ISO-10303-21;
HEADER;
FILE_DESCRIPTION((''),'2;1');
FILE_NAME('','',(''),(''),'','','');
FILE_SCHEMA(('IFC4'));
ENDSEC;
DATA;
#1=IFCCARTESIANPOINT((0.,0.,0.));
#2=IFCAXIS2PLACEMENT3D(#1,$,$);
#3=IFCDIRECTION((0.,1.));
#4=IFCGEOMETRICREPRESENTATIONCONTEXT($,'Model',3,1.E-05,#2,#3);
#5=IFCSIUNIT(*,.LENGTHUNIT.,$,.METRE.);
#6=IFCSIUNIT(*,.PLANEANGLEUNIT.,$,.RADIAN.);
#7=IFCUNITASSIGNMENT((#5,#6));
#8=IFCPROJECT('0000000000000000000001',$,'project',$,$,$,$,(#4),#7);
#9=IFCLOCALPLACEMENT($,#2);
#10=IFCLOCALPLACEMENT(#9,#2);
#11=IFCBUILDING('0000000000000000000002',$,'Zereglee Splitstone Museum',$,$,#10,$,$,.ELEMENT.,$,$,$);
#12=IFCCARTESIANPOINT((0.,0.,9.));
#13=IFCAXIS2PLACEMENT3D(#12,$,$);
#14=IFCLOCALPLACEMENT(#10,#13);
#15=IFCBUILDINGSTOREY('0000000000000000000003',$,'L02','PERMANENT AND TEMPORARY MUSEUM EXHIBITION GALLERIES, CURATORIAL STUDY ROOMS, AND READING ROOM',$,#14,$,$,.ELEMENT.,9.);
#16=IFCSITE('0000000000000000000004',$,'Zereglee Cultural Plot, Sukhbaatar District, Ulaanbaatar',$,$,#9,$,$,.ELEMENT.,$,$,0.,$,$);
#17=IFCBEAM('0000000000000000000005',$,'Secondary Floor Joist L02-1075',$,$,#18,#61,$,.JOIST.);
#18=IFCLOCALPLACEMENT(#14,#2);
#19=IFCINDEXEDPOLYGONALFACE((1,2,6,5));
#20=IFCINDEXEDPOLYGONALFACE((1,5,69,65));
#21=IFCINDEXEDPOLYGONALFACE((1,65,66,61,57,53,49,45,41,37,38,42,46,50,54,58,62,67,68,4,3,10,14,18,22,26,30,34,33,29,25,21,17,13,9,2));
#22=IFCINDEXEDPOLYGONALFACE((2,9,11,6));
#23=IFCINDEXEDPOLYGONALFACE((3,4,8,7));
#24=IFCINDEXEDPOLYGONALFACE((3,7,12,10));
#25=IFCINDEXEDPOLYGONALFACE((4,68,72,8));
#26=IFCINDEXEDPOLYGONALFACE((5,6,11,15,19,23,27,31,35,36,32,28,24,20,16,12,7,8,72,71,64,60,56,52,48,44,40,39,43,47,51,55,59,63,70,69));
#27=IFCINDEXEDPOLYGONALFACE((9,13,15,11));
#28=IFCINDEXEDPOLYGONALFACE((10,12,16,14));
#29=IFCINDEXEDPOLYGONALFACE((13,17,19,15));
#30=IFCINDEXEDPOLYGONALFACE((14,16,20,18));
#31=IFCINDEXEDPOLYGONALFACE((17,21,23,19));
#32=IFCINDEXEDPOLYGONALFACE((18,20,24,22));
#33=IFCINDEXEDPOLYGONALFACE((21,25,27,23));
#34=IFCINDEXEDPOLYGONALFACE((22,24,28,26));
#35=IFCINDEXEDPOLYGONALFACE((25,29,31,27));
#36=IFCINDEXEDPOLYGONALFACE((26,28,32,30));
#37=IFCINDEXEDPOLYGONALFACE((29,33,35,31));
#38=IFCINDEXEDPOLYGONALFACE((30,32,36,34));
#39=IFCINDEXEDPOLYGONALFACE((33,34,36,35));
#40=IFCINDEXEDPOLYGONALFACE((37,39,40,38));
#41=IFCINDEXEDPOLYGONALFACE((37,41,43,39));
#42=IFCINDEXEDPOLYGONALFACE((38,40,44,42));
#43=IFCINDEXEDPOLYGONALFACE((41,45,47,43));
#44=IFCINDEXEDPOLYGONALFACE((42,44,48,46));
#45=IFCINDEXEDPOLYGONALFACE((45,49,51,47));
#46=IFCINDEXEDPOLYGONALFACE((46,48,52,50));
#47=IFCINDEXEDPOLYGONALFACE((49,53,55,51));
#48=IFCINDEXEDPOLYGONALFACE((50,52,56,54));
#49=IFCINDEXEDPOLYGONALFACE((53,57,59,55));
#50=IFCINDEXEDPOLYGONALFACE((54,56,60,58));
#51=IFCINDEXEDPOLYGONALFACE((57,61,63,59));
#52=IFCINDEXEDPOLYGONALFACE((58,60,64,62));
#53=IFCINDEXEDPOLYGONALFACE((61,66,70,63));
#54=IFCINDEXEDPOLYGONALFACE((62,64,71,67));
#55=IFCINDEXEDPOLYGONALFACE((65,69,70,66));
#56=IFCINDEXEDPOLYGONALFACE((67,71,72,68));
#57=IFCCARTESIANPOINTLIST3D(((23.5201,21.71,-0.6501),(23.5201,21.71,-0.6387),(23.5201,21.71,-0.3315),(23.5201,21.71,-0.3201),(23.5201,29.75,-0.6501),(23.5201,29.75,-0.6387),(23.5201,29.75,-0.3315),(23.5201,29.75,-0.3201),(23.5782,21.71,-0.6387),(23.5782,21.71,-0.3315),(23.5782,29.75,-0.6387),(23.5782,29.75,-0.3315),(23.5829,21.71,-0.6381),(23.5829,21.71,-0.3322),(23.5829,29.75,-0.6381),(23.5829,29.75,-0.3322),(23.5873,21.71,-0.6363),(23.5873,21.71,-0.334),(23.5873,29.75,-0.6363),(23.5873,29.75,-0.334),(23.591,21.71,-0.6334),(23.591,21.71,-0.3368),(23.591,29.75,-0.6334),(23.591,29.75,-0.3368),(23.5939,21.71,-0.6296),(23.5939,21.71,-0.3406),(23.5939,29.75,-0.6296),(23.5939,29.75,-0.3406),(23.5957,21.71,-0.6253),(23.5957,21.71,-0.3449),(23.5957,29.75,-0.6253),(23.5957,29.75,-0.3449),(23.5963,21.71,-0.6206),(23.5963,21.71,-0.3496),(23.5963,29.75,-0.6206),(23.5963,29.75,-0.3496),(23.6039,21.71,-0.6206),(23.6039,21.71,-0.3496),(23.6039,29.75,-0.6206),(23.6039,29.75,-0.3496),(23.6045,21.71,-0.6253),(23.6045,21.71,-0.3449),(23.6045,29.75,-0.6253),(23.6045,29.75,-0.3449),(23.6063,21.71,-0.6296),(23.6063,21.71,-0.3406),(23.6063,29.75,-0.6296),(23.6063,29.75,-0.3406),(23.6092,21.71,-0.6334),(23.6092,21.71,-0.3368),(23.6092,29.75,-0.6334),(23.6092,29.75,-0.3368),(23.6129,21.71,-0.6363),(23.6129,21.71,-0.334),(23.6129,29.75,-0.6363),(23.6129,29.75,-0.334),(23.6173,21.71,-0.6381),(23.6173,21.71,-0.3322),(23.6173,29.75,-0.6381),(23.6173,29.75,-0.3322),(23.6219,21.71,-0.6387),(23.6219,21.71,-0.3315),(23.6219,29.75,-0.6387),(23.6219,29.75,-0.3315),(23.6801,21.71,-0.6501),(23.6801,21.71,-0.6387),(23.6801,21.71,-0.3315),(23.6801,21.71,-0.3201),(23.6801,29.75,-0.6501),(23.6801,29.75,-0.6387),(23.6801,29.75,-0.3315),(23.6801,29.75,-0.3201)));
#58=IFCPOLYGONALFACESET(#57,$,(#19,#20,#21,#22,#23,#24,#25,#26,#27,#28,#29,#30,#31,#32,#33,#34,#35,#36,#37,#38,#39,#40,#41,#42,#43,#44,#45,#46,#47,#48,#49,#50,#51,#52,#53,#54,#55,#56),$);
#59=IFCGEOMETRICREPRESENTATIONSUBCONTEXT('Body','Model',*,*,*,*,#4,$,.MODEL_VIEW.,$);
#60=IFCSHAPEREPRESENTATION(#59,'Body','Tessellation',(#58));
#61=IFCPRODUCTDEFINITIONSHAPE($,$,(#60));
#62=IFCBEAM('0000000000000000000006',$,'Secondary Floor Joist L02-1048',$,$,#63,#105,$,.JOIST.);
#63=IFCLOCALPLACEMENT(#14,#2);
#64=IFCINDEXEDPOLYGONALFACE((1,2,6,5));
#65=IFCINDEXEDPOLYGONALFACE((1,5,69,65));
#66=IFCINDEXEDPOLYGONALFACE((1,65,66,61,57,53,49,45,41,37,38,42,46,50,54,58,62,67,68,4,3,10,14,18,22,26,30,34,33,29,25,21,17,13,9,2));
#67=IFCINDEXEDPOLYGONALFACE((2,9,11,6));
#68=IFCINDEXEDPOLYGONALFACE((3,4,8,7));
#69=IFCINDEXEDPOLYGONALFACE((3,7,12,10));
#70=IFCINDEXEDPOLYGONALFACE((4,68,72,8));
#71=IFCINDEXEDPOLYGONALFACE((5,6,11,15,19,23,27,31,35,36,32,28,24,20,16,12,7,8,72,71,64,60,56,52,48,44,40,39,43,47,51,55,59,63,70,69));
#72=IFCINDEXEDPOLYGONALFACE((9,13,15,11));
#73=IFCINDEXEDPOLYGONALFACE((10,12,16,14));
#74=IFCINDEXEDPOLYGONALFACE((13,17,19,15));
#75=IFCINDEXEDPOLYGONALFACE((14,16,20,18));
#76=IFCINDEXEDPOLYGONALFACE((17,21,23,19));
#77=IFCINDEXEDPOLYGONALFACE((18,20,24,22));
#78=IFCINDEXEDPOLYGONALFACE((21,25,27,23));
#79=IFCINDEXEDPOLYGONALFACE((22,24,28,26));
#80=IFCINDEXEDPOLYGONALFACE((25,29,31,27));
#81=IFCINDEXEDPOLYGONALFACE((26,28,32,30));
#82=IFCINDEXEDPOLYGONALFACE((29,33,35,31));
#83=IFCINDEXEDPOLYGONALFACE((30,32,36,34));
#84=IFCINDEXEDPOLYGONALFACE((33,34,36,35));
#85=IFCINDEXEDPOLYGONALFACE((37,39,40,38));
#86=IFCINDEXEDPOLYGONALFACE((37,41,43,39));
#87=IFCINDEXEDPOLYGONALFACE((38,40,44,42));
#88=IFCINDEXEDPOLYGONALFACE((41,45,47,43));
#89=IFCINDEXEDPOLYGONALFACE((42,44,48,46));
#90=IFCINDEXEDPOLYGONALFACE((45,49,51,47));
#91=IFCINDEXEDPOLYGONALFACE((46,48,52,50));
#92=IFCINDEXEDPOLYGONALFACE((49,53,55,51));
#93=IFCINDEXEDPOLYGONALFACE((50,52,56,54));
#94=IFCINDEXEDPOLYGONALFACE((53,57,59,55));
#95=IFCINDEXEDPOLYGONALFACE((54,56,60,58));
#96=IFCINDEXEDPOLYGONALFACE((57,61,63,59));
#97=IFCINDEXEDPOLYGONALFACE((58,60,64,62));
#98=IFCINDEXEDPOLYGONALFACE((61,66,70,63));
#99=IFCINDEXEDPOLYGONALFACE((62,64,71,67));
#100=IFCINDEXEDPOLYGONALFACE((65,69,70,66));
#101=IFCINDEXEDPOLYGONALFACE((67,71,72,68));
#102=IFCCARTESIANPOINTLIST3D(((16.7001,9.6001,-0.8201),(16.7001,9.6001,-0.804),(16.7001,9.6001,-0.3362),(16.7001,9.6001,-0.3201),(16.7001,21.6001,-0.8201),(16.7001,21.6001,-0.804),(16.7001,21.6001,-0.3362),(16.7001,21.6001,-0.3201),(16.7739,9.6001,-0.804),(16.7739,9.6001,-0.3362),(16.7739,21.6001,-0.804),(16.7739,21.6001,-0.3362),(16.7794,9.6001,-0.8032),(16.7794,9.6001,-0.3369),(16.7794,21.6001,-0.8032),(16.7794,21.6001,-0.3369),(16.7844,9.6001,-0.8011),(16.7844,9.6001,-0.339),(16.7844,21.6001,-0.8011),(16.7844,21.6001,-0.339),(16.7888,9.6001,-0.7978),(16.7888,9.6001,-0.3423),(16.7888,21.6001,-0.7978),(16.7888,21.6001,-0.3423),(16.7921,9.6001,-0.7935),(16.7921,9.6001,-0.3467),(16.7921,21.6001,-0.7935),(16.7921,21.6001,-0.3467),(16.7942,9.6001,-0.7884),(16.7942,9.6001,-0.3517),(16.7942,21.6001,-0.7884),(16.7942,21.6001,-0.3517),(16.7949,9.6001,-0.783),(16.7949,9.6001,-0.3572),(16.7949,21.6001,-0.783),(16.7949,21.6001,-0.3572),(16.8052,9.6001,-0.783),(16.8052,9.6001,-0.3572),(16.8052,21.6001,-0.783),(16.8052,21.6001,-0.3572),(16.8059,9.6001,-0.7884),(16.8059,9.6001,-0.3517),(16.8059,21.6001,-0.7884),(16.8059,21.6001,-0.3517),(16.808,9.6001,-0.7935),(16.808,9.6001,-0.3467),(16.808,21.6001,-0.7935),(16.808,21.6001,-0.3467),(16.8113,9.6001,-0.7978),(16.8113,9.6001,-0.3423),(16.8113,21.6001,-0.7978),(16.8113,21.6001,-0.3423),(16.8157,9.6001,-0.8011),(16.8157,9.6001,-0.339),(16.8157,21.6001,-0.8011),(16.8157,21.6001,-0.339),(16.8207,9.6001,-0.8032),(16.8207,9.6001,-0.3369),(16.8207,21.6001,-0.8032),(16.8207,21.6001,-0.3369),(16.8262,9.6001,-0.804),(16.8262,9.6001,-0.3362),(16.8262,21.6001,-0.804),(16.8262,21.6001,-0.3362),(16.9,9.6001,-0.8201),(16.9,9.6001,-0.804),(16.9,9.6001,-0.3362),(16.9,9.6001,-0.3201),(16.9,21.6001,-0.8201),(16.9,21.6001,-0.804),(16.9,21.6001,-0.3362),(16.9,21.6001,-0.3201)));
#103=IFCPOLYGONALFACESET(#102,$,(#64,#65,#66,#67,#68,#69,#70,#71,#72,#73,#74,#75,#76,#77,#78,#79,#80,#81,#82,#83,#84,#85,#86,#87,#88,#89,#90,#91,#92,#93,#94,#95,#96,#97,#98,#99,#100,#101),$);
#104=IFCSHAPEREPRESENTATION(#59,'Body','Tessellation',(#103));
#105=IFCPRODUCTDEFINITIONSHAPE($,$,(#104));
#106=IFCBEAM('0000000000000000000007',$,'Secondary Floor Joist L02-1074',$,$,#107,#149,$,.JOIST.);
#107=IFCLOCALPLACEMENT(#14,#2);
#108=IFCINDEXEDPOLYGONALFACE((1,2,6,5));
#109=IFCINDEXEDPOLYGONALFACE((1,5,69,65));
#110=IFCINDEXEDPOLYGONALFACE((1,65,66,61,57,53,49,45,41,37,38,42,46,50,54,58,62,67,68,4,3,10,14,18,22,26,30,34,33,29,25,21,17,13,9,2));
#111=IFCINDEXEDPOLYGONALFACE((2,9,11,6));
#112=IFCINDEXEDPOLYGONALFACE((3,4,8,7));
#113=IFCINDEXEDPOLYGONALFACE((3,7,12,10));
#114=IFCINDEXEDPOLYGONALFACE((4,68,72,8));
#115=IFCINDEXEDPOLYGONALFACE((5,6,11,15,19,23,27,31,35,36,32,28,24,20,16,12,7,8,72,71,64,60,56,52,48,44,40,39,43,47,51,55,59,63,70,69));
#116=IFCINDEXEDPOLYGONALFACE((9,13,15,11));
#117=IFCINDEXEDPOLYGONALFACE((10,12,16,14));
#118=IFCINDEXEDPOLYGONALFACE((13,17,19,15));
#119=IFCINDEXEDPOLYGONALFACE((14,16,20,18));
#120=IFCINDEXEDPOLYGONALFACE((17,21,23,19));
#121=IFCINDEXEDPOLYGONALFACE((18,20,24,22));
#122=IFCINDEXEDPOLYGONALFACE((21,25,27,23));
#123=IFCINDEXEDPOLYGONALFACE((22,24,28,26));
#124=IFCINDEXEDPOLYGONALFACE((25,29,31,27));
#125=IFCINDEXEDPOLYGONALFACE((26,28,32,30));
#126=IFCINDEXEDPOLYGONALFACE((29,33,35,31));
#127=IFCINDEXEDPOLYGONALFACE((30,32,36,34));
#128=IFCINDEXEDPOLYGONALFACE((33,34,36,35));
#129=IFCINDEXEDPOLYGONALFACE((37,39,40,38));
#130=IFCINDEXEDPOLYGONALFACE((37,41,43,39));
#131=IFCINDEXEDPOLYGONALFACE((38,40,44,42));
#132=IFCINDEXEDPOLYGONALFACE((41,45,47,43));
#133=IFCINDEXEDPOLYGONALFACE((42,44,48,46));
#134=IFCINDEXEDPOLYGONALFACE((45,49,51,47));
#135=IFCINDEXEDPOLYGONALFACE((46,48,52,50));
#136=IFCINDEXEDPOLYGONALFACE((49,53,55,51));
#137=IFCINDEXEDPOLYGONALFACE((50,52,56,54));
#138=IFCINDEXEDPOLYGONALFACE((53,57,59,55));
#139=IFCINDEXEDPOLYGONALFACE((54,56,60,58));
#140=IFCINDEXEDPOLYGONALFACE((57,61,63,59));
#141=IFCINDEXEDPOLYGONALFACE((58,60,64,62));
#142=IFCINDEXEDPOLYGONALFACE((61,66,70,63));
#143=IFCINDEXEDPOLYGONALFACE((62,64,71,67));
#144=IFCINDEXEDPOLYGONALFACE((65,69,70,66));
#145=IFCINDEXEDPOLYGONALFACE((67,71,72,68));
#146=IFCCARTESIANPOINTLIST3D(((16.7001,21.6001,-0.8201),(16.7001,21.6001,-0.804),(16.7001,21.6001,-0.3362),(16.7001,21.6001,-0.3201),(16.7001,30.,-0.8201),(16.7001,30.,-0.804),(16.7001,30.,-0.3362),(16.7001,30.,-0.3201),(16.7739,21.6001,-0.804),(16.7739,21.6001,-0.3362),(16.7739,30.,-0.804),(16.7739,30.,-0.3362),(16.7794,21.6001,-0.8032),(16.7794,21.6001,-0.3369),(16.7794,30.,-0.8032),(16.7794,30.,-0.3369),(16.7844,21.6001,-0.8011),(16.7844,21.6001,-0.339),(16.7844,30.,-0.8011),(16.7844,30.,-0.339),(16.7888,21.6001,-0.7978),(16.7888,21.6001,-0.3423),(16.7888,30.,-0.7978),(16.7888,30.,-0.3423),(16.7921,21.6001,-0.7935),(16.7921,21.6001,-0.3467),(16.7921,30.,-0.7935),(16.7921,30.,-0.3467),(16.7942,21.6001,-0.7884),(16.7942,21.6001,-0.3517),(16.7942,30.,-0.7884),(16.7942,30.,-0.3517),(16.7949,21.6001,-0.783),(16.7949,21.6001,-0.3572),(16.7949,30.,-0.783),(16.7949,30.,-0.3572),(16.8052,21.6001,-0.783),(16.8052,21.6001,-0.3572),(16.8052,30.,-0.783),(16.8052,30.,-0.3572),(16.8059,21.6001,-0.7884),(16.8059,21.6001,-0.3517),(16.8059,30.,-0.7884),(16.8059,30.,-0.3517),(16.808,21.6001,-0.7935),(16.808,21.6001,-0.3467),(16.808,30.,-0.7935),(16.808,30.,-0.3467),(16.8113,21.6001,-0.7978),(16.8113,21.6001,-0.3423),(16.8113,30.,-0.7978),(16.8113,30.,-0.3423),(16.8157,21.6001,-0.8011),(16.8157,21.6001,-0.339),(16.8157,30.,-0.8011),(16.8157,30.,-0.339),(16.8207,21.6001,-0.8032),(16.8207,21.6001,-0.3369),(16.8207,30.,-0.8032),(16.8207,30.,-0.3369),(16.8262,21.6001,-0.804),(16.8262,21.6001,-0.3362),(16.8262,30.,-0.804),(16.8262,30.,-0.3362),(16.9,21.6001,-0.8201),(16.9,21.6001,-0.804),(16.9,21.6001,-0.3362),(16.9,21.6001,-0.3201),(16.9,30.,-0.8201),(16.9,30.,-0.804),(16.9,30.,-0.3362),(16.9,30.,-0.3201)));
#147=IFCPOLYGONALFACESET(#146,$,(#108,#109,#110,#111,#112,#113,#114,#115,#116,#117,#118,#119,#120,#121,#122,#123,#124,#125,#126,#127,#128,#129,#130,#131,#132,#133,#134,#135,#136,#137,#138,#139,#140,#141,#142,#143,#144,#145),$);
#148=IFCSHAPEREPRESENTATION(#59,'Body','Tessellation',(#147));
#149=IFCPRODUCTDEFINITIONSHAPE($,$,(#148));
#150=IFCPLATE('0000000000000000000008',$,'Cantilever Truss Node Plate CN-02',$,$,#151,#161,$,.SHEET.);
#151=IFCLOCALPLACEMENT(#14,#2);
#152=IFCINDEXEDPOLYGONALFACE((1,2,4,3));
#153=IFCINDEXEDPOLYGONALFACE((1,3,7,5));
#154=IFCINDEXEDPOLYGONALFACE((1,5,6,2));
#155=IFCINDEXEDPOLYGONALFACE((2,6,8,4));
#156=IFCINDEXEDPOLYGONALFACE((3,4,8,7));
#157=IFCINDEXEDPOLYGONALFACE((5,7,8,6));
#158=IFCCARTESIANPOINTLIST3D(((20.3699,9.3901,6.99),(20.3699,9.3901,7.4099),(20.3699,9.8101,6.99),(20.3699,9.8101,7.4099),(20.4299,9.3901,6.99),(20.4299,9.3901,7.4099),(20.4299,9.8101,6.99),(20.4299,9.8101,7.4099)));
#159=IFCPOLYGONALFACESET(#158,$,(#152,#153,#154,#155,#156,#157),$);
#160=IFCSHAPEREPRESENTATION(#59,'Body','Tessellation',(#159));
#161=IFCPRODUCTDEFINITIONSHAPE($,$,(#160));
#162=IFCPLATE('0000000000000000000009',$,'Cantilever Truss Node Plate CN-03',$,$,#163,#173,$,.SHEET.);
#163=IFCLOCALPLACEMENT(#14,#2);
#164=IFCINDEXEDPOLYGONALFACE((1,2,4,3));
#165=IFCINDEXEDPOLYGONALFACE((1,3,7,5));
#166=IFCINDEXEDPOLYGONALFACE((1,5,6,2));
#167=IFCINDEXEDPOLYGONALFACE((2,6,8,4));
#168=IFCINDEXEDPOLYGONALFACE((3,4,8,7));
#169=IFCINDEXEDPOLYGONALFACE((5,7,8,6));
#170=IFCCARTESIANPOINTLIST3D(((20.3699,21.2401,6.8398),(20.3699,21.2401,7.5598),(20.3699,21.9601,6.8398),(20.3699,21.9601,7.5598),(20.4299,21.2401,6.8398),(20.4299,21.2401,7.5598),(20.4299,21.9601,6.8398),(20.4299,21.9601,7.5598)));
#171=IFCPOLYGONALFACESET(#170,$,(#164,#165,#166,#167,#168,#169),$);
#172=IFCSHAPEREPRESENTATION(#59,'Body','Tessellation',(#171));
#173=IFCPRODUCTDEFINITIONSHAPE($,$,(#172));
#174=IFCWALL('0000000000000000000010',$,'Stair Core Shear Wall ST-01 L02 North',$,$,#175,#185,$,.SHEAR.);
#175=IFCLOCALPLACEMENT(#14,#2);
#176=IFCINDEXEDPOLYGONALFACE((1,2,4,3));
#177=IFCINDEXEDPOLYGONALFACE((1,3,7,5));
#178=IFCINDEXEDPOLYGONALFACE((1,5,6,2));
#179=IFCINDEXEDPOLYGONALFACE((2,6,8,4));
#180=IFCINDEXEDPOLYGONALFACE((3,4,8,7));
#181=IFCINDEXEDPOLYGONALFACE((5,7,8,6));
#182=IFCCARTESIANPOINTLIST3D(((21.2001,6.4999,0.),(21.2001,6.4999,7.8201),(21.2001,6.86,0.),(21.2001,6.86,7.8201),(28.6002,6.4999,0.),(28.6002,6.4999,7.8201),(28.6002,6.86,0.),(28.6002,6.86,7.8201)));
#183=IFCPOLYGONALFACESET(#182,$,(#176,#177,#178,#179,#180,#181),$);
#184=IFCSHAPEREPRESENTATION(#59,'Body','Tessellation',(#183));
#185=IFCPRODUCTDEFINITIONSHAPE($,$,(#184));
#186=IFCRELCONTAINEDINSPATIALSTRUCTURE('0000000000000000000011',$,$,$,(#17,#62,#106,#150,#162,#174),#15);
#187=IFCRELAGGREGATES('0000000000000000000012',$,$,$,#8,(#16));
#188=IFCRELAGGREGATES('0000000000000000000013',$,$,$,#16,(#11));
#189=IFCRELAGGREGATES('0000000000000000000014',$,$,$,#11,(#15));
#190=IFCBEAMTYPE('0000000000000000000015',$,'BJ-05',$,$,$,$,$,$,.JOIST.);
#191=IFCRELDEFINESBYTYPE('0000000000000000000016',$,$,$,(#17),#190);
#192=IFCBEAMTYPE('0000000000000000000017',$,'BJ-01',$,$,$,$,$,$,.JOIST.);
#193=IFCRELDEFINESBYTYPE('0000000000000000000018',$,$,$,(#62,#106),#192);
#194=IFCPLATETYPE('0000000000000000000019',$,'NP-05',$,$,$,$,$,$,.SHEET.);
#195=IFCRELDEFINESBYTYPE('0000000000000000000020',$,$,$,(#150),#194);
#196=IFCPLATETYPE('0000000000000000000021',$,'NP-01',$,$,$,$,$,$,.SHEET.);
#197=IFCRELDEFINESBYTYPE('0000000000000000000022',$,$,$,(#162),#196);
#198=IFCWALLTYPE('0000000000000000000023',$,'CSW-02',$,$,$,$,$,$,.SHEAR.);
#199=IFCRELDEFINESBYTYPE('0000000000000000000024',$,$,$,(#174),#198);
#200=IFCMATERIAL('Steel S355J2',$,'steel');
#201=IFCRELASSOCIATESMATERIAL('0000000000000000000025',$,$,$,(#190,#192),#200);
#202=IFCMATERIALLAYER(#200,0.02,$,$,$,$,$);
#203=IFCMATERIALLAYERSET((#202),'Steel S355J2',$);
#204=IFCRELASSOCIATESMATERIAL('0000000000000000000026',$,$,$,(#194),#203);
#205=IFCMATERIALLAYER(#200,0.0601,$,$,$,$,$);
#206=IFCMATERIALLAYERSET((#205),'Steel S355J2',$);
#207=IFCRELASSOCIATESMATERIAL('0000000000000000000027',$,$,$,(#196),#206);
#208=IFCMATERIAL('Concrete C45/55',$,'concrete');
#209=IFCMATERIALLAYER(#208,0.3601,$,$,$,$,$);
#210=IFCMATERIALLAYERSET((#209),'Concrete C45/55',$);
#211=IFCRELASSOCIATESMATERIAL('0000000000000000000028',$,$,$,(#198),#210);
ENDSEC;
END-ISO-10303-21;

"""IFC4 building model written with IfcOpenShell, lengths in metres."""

from ifc_helpers import new_model, si_unit, direction, frame, frame_2d, origin, origin_2d, place, context, subcontext, project, spatial, rectangle, i_section, extrude, material, layer, layer_set, material_profile, profile_set, type_object, element, save


model = new_model("IFC4")

# Units and contexts
model_context = context("Model", 3, precision=1e-05, world=origin(), true_north=direction((0.0, 1.0)))
body_context = subcontext(model_context, "Body", "Model", "MODEL_VIEW")
ifc_project = project(units=[si_unit("LENGTHUNIT", "METRE"), si_unit("PLANEANGLEUNIT", "RADIAN")], contexts=[model_context])

# Site, building, storey
site_placement = place(None, origin())
site = spatial("IfcSite", under=ifc_project, at=site_placement, Name="Zereglee Cultural Plot, Sukhbaatar District, Ulaanbaatar", CompositionType="ELEMENT", RefElevation=0.0)
building_placement = place(site_placement, origin())
building = spatial("IfcBuilding", under=site, at=building_placement, Name="Zereglee Splitstone Museum", CompositionType="ELEMENT")
storey_placement = place(building_placement, frame((0.0, 0.0, 9.0)))
storey = spatial("IfcBuildingStorey", under=building, at=storey_placement, Name="L02", Description="PERMANENT AND TEMPORARY MUSEUM EXHIBITION GALLERIES, CURATORIAL STUDY ROOMS, AND READING ROOM", CompositionType="ELEMENT", Elevation=9.0)

# Shared definitions
ifc_material_1 = material(Name="Steel S355J2", Category="steel")

# Beams
ifc_material_profile_1 = material_profile(ifc_material_1, i_section(OverallWidth=0.1599, OverallDepth=0.3301, WebThickness=0.0076, FlangeThickness=0.0115, FilletRadius=0.0181, at=origin_2d()), Name="IPE 330")
ifc_profile_set_1 = profile_set([ifc_material_profile_1], Name="Steel S355J2")
beam_type_1 = type_object("IfcBeamType", Name="BJ-05", PredefinedType="JOIST", material=ifc_profile_set_1)
beam_1_placement = place(storey_placement, frame((23.6001, 21.71, -0.4851), z_axis=(0.0, 1.0, 0.0), x_axis=(-1.0, 0.0, 0.0)))
element("IfcBeam", 1, at=beam_1_placement, inside=storey, type_object=beam_type_1, Name="Secondary Floor Joist L02-1075", PredefinedType="JOIST", context=body_context, shape_type="SweptSolid", body=[
    extrude(i_section(OverallWidth=0.1599, OverallDepth=0.3301, WebThickness=0.0076, FlangeThickness=0.0115, FilletRadius=0.0181, at=origin_2d()), origin(), (0.0, 0.0, 1.0), 8.04),
])
ifc_material_profile_2 = material_profile(ifc_material_1, i_section(OverallWidth=0.2, OverallDepth=0.5, WebThickness=0.0103, FlangeThickness=0.0161, FilletRadius=0.021, at=origin_2d()), Name="IPE 500")
ifc_profile_set_2 = profile_set([ifc_material_profile_2], Name="Steel S355J2")
beam_type_2 = type_object("IfcBeamType", Name="BJ-01", PredefinedType="JOIST", material=ifc_profile_set_2)
beam_2_placement = place(storey_placement, frame((16.8, 9.6001, -0.5701), z_axis=(0.0, 1.0, 0.0), x_axis=(-1.0, 0.0, 0.0)))
element("IfcBeam", 2, at=beam_2_placement, inside=storey, type_object=beam_type_2, Name="Secondary Floor Joist L02-1048", PredefinedType="JOIST", context=body_context, shape_type="SweptSolid", body=[
    extrude(i_section(OverallWidth=0.2, OverallDepth=0.5, WebThickness=0.0103, FlangeThickness=0.0161, FilletRadius=0.021, at=origin_2d()), origin(), (0.0, 0.0, 1.0), 12.0),
])
beam_3_placement = place(storey_placement, frame((16.8, 21.6001, -0.5701), z_axis=(0.0, 1.0, 0.0), x_axis=(-1.0, 0.0, 0.0)))
element("IfcBeam", 3, at=beam_3_placement, inside=storey, type_object=beam_type_2, Name="Secondary Floor Joist L02-1074", PredefinedType="JOIST", context=body_context, shape_type="SweptSolid", body=[
    extrude(i_section(OverallWidth=0.2, OverallDepth=0.5, WebThickness=0.0103, FlangeThickness=0.0161, FilletRadius=0.021, at=origin_2d()), origin(), (0.0, 0.0, 1.0), 8.3999),
])

# Plates
ifc_layer_1 = layer(ifc_material_1, 0.02)
ifc_layer_set_1 = layer_set([ifc_layer_1], Name="Steel S355J2")
plate_type_1 = type_object("IfcPlateType", Name="NP-05", PredefinedType="SHEET", material=ifc_layer_set_1)
plate_1_placement = place(storey_placement, frame((20.3999, 9.6001, 6.99), z_axis=(0.0, 0.0, 1.0), x_axis=(1.0, 0.0, 0.0)))
element("IfcPlate", 4, at=plate_1_placement, inside=storey, type_object=plate_type_1, Name="Cantilever Truss Node Plate CN-02", PredefinedType="SHEET", context=body_context, shape_type="SweptSolid", body=[
    extrude(rectangle(XDim=0.0601, YDim=0.4199, at=origin_2d()), origin(), (0.0, 0.0, 1.0), 0.4199),
])
ifc_layer_2 = layer(ifc_material_1, 0.0601)
ifc_layer_set_2 = layer_set([ifc_layer_2], Name="Steel S355J2")
plate_type_2 = type_object("IfcPlateType", Name="NP-01", PredefinedType="SHEET", material=ifc_layer_set_2)
plate_2_placement = place(storey_placement, frame((20.3999, 21.6001, 6.8398), z_axis=(0.0, 0.0, 1.0), x_axis=(1.0, 0.0, 0.0)))
element("IfcPlate", 5, at=plate_2_placement, inside=storey, type_object=plate_type_2, Name="Cantilever Truss Node Plate CN-03", PredefinedType="SHEET", context=body_context, shape_type="SweptSolid", body=[
    extrude(rectangle(XDim=0.0601, YDim=0.72, at=origin_2d()), origin(), (0.0, 0.0, 1.0), 0.72),
])

# Wall
ifc_material_2 = material(Name="Concrete C45/55", Category="concrete")
ifc_layer_3 = layer(ifc_material_2, 0.3601)
ifc_layer_set_3 = layer_set([ifc_layer_3], Name="Concrete C45/55")
wall_type_1 = type_object("IfcWallType", Name="CSW-02", PredefinedType="SHEAR", material=ifc_layer_set_3)
wall_1_placement = place(storey_placement, frame((21.2, 6.6799, 0.0), z_axis=(0.0, 0.0, 1.0), x_axis=(1.0, 0.0, 0.0)))
element("IfcWall", 6, at=wall_1_placement, inside=storey, type_object=wall_type_1, Name="Stair Core Shear Wall ST-01 L02 North", PredefinedType="SHEAR", context=body_context, shape_type="SweptSolid", body=[
    extrude(rectangle(XDim=7.4001, YDim=0.3601, at=frame_2d((3.7002, 0.0))), origin(), (0.0, 0.0, 1.0), 7.8201),
])

save(model, "model.ifc")
